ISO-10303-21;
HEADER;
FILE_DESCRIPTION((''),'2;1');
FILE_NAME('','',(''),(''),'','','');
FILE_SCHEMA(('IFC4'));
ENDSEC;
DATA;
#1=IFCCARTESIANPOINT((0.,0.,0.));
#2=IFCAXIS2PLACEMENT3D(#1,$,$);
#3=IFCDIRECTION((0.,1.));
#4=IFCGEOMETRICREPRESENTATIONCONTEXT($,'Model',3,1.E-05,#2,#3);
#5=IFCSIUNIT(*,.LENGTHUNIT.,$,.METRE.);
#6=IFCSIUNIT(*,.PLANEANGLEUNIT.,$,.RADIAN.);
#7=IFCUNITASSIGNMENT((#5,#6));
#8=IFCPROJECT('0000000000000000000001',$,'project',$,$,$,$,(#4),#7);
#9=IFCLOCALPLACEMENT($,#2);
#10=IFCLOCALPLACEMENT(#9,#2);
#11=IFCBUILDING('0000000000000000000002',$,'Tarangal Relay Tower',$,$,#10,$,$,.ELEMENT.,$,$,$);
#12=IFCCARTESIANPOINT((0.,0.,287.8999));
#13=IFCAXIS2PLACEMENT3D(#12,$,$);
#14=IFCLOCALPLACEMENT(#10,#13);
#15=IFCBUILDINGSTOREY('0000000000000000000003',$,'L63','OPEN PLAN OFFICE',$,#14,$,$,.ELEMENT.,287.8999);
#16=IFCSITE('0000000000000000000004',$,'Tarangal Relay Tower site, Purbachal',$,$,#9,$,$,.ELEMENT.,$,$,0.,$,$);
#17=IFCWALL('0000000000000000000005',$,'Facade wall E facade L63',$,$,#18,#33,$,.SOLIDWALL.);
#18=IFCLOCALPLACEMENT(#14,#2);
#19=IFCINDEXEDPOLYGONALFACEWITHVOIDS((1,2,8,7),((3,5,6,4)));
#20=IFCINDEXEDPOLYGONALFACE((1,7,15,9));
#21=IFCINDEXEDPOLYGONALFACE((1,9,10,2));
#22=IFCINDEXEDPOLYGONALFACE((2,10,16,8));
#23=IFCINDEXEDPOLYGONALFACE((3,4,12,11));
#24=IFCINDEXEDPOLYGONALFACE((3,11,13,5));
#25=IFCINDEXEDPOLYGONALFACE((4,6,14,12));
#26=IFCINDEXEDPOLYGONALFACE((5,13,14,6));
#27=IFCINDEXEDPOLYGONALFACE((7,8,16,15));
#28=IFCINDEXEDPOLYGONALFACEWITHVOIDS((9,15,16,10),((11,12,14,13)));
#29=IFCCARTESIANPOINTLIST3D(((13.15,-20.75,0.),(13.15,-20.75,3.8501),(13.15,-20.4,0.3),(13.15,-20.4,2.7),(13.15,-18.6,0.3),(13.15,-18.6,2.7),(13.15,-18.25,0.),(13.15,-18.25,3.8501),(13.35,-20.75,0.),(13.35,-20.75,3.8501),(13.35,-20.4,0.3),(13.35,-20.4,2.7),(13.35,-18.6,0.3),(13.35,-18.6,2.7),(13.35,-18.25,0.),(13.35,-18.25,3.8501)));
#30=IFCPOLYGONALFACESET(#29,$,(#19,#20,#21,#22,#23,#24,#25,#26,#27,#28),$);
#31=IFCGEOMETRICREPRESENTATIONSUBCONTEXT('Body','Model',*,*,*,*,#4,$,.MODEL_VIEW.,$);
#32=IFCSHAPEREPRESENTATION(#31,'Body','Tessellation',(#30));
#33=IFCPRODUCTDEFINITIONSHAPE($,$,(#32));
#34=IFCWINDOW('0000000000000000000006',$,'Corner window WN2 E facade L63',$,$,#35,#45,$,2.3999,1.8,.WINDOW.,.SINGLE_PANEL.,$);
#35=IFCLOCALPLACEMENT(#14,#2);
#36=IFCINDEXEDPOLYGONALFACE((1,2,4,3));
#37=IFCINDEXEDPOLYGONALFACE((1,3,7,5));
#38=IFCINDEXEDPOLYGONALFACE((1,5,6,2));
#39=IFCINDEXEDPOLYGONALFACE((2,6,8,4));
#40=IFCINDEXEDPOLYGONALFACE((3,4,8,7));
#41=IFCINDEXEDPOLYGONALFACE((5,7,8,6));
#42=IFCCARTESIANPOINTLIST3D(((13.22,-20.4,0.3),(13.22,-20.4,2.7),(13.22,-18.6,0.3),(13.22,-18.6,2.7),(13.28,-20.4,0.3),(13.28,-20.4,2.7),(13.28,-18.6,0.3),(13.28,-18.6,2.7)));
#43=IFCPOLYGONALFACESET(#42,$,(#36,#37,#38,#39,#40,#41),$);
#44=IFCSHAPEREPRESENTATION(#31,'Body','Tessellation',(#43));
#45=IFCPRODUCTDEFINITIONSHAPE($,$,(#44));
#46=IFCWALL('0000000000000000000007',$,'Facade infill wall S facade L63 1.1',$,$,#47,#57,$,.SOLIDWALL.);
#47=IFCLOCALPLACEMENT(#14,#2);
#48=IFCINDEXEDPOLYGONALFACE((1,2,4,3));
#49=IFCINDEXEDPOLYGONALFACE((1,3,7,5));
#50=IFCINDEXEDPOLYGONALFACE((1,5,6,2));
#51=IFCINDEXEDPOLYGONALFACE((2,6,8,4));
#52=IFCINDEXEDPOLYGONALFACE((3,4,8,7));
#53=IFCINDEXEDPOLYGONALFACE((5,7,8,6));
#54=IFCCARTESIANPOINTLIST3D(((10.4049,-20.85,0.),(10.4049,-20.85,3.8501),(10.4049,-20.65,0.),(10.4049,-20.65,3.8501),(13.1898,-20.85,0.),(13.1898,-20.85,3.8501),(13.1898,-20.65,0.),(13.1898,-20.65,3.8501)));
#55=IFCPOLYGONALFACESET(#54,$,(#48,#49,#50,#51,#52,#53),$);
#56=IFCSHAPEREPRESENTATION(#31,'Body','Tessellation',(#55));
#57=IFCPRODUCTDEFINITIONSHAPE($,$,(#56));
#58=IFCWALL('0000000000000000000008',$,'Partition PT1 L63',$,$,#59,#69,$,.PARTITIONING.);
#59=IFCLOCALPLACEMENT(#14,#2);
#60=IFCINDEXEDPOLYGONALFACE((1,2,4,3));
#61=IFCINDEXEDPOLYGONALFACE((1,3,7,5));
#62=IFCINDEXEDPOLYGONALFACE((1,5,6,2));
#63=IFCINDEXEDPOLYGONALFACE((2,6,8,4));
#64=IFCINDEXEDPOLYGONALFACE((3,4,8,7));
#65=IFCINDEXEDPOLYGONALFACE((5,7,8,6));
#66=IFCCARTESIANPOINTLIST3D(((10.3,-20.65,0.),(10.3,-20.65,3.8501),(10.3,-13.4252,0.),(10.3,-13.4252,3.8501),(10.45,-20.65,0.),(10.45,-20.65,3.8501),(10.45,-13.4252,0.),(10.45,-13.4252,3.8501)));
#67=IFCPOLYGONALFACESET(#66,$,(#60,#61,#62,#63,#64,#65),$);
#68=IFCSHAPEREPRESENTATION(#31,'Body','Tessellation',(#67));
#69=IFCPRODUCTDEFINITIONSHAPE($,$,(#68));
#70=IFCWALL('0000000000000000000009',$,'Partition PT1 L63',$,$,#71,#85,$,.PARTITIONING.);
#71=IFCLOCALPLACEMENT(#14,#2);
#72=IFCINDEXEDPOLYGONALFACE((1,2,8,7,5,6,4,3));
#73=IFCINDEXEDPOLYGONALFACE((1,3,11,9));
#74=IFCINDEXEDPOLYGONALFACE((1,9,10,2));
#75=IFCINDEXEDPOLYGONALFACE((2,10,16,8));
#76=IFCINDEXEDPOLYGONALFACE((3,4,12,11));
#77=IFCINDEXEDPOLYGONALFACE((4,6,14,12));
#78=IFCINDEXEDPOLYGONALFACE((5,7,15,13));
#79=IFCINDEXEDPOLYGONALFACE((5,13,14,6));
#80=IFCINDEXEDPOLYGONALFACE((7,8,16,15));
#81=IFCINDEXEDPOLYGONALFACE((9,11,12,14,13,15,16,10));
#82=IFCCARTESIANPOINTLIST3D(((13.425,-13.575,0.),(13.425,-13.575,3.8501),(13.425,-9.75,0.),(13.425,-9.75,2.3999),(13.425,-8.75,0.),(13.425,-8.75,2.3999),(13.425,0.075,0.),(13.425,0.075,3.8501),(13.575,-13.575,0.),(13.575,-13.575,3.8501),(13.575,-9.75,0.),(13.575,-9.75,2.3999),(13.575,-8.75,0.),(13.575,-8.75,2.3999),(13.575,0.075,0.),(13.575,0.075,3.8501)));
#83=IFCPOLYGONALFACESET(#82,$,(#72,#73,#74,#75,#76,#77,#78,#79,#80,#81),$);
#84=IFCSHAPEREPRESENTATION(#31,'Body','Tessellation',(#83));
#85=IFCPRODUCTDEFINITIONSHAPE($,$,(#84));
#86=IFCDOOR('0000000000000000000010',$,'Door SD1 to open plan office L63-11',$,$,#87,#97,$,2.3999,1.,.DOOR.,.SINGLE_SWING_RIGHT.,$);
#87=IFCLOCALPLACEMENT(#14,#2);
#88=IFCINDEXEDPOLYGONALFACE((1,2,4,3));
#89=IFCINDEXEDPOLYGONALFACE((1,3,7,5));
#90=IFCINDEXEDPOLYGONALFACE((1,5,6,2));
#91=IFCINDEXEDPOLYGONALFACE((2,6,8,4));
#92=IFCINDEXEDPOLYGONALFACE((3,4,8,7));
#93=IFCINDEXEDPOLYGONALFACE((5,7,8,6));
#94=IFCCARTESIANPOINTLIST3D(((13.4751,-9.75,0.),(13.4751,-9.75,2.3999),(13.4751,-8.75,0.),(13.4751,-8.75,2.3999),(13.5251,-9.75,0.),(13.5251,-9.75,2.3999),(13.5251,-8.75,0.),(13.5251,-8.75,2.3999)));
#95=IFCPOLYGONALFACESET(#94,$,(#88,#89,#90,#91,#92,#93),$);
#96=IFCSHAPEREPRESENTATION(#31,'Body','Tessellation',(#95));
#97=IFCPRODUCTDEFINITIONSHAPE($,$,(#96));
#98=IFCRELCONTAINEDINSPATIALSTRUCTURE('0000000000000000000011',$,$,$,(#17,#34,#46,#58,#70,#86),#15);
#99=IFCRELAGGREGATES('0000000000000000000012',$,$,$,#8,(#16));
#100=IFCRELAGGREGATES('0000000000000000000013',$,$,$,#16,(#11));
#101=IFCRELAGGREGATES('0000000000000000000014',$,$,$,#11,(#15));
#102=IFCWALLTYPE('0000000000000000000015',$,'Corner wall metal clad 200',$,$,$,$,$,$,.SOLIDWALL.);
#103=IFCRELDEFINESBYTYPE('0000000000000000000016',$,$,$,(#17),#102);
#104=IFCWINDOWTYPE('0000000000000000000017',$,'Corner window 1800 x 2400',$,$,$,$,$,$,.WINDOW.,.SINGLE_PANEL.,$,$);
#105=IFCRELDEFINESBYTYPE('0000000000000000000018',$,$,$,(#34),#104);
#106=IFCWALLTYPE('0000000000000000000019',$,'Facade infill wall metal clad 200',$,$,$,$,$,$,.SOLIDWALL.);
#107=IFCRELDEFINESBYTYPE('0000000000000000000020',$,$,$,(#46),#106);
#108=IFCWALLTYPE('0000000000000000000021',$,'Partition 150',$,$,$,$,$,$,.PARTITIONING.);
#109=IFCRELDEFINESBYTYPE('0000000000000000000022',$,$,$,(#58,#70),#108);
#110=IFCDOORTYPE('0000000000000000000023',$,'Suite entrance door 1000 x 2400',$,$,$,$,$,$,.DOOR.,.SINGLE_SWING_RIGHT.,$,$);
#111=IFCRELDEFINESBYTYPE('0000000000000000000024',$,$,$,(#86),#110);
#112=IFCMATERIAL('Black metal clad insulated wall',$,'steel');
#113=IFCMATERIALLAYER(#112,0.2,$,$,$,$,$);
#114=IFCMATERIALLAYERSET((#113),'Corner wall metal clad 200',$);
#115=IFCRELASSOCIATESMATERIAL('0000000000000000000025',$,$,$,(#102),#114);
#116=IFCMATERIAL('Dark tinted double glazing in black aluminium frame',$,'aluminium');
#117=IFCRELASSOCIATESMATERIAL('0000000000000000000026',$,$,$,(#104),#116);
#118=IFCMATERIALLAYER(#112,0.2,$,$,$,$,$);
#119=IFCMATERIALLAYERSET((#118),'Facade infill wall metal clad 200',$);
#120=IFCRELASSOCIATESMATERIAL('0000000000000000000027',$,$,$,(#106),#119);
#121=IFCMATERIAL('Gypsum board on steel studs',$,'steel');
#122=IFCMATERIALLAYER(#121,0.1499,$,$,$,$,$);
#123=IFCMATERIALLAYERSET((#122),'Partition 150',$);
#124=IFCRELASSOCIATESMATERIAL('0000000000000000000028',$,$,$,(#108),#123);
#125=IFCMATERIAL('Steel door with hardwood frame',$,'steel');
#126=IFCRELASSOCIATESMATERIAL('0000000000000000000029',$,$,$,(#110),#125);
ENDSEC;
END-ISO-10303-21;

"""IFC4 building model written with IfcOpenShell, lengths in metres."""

from ifc_helpers import new_model, si_unit, direction, frame, frame_2d, origin, place, context, subcontext, project, spatial, rectangle, extrude, material, layer, layer_set, type_object, element, fill, save


model = new_model("IFC4")

# Units and contexts
model_context = context("Model", 3, precision=1e-05, world=origin(), true_north=direction((0.0, 1.0)))
body_context = subcontext(model_context, "Body", "Model", "MODEL_VIEW")
ifc_project = project(units=[si_unit("LENGTHUNIT", "METRE"), si_unit("PLANEANGLEUNIT", "RADIAN")], contexts=[model_context])

# Site, building, storey
site_placement = place(None, origin())
site = spatial("IfcSite", under=ifc_project, at=site_placement, Name="Tarangal Relay Tower site, Purbachal", CompositionType="ELEMENT", RefElevation=0.0)
building_placement = place(site_placement, origin())
building = spatial("IfcBuilding", under=site, at=building_placement, Name="Tarangal Relay Tower", CompositionType="ELEMENT")
storey_placement = place(building_placement, frame((0.0, 0.0, 287.8999)))
storey = spatial("IfcBuildingStorey", under=building, at=storey_placement, Name="L63", Description="OPEN PLAN OFFICE", CompositionType="ELEMENT", Elevation=287.8999)

# Shared definitions
ifc_material_1 = material(Name="Steel door with hardwood frame", Category="steel")

# Shared definitions
ifc_material_2 = material(Name="Black metal clad insulated wall", Category="steel")
ifc_layer_1 = layer(ifc_material_2, 0.2)
ifc_layer_set_1 = layer_set([ifc_layer_1], Name="Corner wall metal clad 200")
wall_type_1 = type_object("IfcWallType", Name="Corner wall metal clad 200", PredefinedType="SOLIDWALL", material=ifc_layer_set_1)

# Shared definitions
ifc_material_3 = material(Name="Dark tinted double glazing in black aluminium frame", Category="aluminium")
window_type = type_object("IfcWindowType", Name="Corner window 1800 x 2400", PartitioningType="SINGLE_PANEL", PredefinedType="WINDOW", material=ifc_material_3)

# Wall, opening, window
wall_1_placement = place(storey_placement, frame((13.25, -18.25, 0.0), z_axis=(0.0, 0.0, 1.0), x_axis=(0.0, -1.0, 0.0)))
wall_1 = element("IfcWall", 1, at=wall_1_placement, inside=storey, type_object=wall_type_1, Name="Facade wall E facade L63", PredefinedType="SOLIDWALL", context=body_context, shape_type="SweptSolid", body=[
    extrude(rectangle(XDim=2.5, YDim=0.2, at=frame_2d((1.25, 0.0))), origin(), (0.0, 0.0, 1.0), 3.8501),
])
opening_1_placement = place(wall_1_placement, frame((0.3501, 0.0, 0.3)))
opening_1 = element("IfcOpeningElement", 2, at=opening_1_placement, cuts=wall_1, PredefinedType="OPENING", context=body_context, shape_type="SweptSolid", body=[
    extrude(rectangle(XDim=1.8, YDim=2.3999, at=frame_2d((0.8999, 1.2))), frame((0.0, 0.1099, 0.0), z_axis=(0.0, -1.0, 0.0), x_axis=(1.0, 0.0, 0.0)), (0.0, 0.0, 1.0), 0.22),
])
window_1_placement = place(opening_1_placement, origin())
window_1 = element("IfcWindow", 3, at=window_1_placement, inside=storey, type_object=window_type, Name="Corner window WN2 E facade L63", OverallHeight=2.3999, OverallWidth=1.8, PartitioningType="SINGLE_PANEL", PredefinedType="WINDOW", context=body_context, shape_type="SweptSolid", body=[
    extrude(rectangle(XDim=1.8, YDim=2.3999, at=frame_2d((0.8999, 1.2))), frame((0.0, 0.03, 0.0), z_axis=(0.0, -1.0, 0.0), x_axis=(1.0, 0.0, 0.0)), (0.0, 0.0, 1.0), 0.0601),
])
fill(opening_1, window_1)

# Walls
ifc_layer_2 = layer(ifc_material_2, 0.2)
ifc_layer_set_2 = layer_set([ifc_layer_2], Name="Facade infill wall metal clad 200")
wall_type_2 = type_object("IfcWallType", Name="Facade infill wall metal clad 200", PredefinedType="SOLIDWALL", material=ifc_layer_set_2)
wall_2_placement = place(storey_placement, frame((13.1899, -20.75, 0.0), z_axis=(0.0, 0.0, 1.0), x_axis=(-1.0, 0.0, 0.0)))
element("IfcWall", 4, at=wall_2_placement, inside=storey, type_object=wall_type_2, Name="Facade infill wall S facade L63 1.1", PredefinedType="SOLIDWALL", context=body_context, shape_type="SweptSolid", body=[
    extrude(rectangle(XDim=2.7849, YDim=0.2, at=frame_2d((1.3926, 0.0))), origin(), (0.0, 0.0, 1.0), 3.8501),
])
ifc_material_4 = material(Name="Gypsum board on steel studs", Category="steel")
ifc_layer_3 = layer(ifc_material_4, 0.1499)
ifc_layer_set_3 = layer_set([ifc_layer_3], Name="Partition 150")
wall_type_3 = type_object("IfcWallType", Name="Partition 150", PredefinedType="PARTITIONING", material=ifc_layer_set_3)
wall_3_placement = place(storey_placement, frame((10.375, -20.6499, 0.0), z_axis=(0.0, 0.0, 1.0), x_axis=(0.0, 1.0, 0.0)))
element("IfcWall", 5, at=wall_3_placement, inside=storey, type_object=wall_type_3, Name="Partition PT1 L63", PredefinedType="PARTITIONING", context=body_context, shape_type="SweptSolid", body=[
    extrude(rectangle(XDim=7.2249, YDim=0.1499, at=frame_2d((3.6123, 0.0))), origin(), (0.0, 0.0, 1.0), 3.8501),
])

# Wall, opening, door
wall_4_placement = place(storey_placement, frame((13.5, -13.575, 0.0), z_axis=(0.0, 0.0, 1.0), x_axis=(0.0, 1.0, 0.0)))
wall_4 = element("IfcWall", 6, at=wall_4_placement, inside=storey, type_object=wall_type_3, Name="Partition PT1 L63", PredefinedType="PARTITIONING", context=body_context, shape_type="SweptSolid", body=[
    extrude(rectangle(XDim=13.6499, YDim=0.1499, at=frame_2d((6.825, 0.0))), origin(), (0.0, 0.0, 1.0), 3.8501),
])
opening_2_placement = place(wall_4_placement, frame((3.825, 0.0, 0.0)))
opening_2 = element("IfcOpeningElement", 7, at=opening_2_placement, cuts=wall_4, PredefinedType="OPENING", context=body_context, shape_type="SweptSolid", body=[
    extrude(rectangle(XDim=1.0, YDim=2.3999, at=frame_2d((0.5, 1.2))), frame((0.0, 0.085, 0.0), z_axis=(0.0, -1.0, 0.0), x_axis=(1.0, 0.0, 0.0)), (0.0, 0.0, 1.0), 0.1699),
])
door_type_1 = type_object("IfcDoorType", Name="Suite entrance door 1000 x 2400", OperationType="SINGLE_SWING_RIGHT", PredefinedType="DOOR", material=ifc_material_1)
door_1_placement = place(opening_2_placement, origin())
door_1 = element("IfcDoor", 8, at=door_1_placement, inside=storey, type_object=door_type_1, Name="Door SD1 to open plan office L63-11", OperationType="SINGLE_SWING_RIGHT", OverallHeight=2.3999, OverallWidth=1.0, PredefinedType="DOOR", context=body_context, shape_type="SweptSolid", body=[
    extrude(rectangle(XDim=1.0, YDim=2.3999, at=frame_2d((0.5, 1.2))), frame((0.0, 0.0249, 0.0), z_axis=(0.0, -1.0, 0.0), x_axis=(1.0, 0.0, 0.0)), (0.0, 0.0, 1.0), 0.05),
])
fill(opening_2, door_1)

save(model, "model.ifc")
